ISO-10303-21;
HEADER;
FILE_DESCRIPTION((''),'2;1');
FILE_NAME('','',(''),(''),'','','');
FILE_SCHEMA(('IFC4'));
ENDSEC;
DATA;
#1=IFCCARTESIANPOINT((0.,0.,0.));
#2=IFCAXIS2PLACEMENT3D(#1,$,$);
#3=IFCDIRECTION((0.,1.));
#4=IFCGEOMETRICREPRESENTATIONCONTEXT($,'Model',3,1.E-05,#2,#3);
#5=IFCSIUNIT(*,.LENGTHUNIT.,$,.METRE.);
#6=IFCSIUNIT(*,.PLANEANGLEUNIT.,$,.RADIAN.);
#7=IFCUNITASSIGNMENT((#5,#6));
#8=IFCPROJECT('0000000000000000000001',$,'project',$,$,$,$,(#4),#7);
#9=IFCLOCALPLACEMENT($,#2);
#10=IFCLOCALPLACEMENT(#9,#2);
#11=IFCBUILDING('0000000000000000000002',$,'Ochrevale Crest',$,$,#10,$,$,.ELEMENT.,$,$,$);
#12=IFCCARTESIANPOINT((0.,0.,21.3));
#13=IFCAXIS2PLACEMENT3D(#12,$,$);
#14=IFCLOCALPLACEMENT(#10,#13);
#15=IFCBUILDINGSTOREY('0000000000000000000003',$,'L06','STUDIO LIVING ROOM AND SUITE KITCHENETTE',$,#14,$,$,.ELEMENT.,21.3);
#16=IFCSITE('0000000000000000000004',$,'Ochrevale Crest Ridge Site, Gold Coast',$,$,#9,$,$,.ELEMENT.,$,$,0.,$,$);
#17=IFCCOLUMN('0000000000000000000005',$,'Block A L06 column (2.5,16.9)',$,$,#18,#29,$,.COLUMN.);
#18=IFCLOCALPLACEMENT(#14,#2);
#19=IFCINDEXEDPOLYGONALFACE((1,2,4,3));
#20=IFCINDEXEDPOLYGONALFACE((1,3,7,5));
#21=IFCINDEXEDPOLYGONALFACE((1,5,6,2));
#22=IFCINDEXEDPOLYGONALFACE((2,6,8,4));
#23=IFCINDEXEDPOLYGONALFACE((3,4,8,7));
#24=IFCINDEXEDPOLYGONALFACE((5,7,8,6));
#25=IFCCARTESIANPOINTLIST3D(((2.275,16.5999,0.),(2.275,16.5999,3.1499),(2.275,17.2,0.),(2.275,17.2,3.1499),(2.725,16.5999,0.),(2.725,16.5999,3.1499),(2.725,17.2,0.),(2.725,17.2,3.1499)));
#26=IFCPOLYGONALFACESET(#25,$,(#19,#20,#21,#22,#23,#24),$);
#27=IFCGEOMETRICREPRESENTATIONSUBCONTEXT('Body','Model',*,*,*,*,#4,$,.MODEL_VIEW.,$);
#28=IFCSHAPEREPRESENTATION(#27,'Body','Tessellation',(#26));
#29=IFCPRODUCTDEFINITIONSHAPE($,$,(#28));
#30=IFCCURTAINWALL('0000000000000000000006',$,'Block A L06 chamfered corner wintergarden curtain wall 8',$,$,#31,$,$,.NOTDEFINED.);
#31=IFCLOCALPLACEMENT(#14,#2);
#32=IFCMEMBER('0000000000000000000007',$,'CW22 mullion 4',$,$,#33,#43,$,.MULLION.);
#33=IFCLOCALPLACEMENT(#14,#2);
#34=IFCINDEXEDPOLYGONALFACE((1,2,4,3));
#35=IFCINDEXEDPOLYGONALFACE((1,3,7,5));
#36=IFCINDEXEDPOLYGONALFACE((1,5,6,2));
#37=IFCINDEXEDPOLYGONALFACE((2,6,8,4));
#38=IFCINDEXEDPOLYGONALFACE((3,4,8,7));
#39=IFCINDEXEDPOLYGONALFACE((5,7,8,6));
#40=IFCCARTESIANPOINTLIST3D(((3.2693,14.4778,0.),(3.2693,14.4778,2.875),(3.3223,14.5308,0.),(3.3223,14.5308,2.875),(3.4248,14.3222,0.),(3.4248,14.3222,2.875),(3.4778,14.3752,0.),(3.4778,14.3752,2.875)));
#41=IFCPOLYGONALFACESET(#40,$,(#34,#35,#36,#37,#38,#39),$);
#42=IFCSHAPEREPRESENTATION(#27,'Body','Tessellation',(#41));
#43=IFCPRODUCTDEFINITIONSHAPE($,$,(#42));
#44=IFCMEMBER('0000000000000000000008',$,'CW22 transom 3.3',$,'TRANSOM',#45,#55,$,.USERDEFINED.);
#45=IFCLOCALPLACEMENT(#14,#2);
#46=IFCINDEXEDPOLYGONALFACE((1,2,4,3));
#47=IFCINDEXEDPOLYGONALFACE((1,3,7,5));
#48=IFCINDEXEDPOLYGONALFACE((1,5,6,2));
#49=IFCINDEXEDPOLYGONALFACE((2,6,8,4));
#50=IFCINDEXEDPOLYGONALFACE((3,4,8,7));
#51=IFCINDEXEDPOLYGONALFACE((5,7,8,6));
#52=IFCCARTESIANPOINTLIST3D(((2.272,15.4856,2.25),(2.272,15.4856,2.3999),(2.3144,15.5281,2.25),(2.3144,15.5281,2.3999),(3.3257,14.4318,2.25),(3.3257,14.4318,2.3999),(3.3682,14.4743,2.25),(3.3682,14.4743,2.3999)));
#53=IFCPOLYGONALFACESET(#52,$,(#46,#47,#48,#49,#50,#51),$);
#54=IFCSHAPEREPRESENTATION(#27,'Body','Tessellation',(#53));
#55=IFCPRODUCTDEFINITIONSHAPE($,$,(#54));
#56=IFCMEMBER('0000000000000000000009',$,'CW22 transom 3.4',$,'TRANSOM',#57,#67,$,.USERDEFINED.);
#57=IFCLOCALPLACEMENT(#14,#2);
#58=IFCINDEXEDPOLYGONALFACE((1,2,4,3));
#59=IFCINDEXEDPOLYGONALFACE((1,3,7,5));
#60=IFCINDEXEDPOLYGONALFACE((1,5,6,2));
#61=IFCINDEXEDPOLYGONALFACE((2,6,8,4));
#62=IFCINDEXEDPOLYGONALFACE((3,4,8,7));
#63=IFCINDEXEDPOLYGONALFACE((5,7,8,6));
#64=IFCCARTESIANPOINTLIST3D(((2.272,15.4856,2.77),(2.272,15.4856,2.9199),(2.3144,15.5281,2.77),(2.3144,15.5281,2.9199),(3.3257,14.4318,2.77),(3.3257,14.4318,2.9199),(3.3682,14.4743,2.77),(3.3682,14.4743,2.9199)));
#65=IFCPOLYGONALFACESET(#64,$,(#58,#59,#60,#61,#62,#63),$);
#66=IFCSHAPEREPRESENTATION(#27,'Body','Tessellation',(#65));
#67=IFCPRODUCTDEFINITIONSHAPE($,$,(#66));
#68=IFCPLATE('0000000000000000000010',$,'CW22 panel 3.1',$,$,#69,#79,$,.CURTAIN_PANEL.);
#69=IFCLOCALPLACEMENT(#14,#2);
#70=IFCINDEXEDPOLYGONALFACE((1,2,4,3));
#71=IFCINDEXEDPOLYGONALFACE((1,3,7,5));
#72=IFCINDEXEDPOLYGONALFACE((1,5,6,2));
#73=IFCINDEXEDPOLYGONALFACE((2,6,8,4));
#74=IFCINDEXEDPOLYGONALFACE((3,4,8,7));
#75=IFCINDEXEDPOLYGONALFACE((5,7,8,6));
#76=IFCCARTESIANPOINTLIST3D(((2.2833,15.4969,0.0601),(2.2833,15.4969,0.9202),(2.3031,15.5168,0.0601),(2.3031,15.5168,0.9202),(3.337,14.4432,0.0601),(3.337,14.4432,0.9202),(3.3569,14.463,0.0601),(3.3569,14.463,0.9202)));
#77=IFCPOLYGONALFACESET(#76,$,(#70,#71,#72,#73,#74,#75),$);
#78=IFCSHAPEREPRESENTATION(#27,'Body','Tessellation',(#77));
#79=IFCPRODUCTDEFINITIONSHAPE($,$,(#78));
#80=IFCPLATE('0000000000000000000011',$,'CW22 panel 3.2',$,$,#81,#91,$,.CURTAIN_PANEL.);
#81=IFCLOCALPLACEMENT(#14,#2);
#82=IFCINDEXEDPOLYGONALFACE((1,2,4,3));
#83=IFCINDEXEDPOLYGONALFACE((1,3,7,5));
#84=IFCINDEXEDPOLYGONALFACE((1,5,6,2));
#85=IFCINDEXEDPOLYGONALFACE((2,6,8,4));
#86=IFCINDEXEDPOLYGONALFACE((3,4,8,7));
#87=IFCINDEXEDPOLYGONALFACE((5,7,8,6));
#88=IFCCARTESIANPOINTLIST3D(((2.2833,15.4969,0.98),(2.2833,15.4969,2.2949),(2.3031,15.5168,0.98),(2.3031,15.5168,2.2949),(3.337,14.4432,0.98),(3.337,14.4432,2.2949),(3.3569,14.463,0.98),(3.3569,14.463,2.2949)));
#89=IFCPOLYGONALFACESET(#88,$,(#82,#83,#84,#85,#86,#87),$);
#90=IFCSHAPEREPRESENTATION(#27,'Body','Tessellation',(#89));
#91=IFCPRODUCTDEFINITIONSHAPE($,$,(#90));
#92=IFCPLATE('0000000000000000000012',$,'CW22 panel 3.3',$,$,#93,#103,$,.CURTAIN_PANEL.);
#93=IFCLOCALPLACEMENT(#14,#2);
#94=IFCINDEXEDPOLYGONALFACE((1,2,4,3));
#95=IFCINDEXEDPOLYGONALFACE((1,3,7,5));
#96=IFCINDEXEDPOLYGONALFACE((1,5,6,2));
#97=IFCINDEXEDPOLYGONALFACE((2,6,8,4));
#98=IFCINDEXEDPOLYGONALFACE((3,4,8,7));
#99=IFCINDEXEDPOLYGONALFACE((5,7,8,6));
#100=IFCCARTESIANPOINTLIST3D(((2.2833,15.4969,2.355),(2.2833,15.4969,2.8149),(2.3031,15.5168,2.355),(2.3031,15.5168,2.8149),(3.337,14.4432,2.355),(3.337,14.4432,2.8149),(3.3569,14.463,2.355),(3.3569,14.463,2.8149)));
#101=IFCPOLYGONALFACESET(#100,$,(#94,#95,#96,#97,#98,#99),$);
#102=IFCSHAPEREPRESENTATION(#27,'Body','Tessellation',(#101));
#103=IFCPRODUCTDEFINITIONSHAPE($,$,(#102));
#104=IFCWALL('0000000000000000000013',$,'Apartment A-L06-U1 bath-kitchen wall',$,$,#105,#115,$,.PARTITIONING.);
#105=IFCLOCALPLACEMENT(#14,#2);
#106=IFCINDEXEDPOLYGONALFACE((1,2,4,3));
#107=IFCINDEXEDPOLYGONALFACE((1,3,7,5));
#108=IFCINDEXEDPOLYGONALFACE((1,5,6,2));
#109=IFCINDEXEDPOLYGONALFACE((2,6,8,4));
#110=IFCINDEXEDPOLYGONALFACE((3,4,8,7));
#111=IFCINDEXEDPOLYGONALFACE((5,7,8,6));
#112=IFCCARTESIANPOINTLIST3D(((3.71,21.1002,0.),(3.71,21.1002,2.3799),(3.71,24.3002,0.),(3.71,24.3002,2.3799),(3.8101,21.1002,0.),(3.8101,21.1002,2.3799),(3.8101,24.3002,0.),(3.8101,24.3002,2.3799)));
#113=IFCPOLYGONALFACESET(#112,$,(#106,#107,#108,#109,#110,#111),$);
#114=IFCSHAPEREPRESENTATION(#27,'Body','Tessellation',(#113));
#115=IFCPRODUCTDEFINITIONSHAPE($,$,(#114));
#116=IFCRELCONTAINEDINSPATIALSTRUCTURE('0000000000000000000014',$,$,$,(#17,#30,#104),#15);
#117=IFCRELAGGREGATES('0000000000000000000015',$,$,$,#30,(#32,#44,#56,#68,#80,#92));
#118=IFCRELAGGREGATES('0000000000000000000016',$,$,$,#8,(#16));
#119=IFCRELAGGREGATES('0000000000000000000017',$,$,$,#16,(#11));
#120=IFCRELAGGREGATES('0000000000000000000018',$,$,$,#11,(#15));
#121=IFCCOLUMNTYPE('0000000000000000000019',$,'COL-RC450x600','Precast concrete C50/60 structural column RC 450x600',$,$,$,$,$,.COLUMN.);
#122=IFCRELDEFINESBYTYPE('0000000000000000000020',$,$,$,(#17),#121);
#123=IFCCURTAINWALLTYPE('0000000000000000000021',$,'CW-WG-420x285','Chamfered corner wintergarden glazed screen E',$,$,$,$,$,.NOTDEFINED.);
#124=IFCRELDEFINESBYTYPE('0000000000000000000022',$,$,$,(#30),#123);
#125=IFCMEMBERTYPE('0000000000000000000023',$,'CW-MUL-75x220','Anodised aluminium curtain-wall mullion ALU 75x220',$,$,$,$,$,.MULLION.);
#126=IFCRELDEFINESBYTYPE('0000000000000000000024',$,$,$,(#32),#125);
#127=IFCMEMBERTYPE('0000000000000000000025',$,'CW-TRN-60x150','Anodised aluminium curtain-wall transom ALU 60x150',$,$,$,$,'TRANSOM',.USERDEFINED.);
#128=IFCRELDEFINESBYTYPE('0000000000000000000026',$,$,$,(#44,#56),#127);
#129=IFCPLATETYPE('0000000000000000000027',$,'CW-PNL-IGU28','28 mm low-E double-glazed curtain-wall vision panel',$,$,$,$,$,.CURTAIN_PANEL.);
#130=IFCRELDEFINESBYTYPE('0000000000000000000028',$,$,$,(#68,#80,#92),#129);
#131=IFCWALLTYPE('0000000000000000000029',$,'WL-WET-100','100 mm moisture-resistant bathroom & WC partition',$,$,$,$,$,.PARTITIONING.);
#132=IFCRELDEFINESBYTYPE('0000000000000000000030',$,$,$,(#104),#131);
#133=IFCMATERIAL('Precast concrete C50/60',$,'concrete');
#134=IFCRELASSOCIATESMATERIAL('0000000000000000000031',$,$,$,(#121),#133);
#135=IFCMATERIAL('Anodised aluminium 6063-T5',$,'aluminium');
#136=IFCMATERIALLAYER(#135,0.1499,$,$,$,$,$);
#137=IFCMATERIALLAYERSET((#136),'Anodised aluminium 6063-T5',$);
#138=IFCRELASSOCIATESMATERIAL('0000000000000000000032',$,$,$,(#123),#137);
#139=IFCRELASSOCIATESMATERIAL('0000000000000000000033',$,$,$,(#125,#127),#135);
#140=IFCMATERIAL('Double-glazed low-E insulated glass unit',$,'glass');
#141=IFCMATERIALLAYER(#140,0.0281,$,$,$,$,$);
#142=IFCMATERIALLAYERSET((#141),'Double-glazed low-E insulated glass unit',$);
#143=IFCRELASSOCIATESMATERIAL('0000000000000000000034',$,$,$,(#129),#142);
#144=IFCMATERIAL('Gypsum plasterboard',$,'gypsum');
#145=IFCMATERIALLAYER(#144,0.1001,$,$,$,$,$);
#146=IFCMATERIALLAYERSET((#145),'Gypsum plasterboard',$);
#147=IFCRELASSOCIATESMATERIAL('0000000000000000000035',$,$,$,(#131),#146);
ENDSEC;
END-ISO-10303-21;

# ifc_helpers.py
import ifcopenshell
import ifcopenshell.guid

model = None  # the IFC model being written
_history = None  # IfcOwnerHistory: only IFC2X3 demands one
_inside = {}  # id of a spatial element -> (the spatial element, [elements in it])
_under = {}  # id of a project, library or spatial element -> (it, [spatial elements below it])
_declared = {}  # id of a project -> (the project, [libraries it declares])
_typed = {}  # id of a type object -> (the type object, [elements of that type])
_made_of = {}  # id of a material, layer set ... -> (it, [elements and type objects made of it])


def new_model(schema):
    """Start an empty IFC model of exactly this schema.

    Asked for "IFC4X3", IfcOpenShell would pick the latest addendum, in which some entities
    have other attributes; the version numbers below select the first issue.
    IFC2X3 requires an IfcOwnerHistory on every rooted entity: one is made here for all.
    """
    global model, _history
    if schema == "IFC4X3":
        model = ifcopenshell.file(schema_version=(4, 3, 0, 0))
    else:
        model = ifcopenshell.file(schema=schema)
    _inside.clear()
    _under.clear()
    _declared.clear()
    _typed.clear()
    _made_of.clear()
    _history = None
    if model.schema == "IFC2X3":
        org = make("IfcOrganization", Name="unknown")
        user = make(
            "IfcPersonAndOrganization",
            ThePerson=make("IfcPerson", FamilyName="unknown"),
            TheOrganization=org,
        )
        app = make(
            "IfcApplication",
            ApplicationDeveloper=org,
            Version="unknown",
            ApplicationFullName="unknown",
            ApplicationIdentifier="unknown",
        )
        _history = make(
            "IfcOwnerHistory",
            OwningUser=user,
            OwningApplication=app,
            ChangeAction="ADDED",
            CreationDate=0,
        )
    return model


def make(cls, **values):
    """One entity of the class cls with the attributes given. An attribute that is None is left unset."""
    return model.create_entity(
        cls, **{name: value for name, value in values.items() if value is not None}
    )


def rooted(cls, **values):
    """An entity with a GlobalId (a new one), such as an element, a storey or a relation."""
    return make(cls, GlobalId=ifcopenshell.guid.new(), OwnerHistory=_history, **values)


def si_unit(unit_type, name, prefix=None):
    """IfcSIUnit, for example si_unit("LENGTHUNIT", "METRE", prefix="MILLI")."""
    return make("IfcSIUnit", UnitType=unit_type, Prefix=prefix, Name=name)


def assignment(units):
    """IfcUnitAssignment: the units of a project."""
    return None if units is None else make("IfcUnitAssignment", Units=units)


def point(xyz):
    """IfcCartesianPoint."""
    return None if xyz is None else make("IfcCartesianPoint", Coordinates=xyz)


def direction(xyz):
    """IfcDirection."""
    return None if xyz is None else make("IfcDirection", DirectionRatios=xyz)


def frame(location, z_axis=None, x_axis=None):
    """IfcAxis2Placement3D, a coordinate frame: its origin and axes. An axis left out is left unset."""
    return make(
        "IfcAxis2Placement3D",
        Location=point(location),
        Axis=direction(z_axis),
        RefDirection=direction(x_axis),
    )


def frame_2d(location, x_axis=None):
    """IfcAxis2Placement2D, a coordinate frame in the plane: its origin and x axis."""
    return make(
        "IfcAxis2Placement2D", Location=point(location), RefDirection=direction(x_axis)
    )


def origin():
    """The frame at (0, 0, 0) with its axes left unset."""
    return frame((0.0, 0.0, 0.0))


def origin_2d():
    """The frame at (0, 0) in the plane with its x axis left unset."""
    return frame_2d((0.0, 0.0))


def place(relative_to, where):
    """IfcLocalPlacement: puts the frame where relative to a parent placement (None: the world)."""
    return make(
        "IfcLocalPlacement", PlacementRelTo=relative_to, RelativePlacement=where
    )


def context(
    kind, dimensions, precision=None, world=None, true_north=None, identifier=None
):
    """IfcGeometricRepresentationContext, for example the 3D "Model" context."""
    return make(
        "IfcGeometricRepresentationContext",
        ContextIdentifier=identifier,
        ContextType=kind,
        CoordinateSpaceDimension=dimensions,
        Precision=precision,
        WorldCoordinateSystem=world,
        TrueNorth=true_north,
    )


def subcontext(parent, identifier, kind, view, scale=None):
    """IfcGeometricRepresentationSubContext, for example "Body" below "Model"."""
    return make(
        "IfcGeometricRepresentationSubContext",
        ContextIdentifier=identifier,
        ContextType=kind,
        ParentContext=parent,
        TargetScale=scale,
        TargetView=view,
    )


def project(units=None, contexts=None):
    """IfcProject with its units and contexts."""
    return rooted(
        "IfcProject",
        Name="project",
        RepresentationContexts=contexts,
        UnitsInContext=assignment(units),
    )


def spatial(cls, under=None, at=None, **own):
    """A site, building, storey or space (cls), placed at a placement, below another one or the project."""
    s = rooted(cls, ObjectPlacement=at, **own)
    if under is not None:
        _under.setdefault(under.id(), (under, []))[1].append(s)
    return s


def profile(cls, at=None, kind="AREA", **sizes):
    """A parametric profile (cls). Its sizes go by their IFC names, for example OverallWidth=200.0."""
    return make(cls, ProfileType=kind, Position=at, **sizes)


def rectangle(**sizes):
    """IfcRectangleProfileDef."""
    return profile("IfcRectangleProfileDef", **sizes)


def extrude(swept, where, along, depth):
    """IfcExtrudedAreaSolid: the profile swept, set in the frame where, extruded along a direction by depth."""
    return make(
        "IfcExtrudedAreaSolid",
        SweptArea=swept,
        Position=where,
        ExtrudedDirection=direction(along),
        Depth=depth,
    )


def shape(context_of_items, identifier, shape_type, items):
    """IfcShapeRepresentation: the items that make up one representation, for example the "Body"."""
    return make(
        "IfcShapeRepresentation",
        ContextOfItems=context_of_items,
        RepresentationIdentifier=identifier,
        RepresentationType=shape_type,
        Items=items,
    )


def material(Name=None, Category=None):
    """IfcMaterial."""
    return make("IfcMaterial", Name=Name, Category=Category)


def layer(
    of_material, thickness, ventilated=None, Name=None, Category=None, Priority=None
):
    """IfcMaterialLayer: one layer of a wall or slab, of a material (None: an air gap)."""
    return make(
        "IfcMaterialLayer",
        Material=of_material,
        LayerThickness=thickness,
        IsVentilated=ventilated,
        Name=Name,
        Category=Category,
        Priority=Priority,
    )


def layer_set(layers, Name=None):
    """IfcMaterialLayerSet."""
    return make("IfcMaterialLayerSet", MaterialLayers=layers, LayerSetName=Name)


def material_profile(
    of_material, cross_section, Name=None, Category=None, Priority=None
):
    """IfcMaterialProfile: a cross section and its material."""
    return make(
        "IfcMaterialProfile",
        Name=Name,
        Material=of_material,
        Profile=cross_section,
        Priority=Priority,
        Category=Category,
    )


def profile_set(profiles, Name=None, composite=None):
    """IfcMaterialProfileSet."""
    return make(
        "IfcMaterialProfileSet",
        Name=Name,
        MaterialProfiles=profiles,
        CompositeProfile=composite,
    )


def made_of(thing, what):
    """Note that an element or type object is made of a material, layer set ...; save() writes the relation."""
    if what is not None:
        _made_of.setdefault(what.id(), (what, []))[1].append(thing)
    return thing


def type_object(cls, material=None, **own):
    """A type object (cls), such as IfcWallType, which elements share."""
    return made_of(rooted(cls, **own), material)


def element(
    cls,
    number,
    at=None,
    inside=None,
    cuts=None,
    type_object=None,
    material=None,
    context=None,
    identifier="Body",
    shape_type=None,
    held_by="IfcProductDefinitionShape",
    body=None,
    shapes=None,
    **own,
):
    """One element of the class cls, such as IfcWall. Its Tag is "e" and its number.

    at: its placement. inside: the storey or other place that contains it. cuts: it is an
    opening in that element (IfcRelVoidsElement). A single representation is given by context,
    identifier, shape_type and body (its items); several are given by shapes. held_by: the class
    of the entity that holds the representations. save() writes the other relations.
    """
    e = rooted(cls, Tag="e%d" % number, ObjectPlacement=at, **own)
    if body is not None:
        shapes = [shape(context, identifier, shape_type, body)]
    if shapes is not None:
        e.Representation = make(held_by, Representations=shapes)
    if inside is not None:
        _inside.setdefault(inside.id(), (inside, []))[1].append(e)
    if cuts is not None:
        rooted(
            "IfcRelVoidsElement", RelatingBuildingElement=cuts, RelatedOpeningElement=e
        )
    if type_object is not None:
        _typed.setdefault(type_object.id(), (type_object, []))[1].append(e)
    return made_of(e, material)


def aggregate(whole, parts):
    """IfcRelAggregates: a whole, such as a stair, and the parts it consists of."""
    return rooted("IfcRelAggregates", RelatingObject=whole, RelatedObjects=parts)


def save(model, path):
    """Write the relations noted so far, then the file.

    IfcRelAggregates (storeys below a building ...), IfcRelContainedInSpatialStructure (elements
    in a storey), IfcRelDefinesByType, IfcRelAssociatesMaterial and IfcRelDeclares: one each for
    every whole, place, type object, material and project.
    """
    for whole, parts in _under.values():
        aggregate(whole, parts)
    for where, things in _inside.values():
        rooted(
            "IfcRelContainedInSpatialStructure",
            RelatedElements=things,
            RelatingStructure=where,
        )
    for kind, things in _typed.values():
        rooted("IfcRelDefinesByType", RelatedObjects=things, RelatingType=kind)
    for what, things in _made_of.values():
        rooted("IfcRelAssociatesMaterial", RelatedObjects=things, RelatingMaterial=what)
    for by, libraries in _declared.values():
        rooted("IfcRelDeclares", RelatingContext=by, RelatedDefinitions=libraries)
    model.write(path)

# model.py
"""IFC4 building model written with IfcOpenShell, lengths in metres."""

from ifc_helpers import new_model, si_unit, direction, frame, frame_2d, origin, origin_2d, place, context, subcontext, project, spatial, rectangle, extrude, material, layer, layer_set, material_profile, profile_set, type_object, element, aggregate, save


model = new_model("IFC4")

# Units and contexts
model_context = context("Model", 3, precision=1e-05, world=origin(), true_north=direction((0.0, 1.0)))
body_context = subcontext(model_context, "Body", "Model", "MODEL_VIEW")
ifc_project = project(units=[si_unit("LENGTHUNIT", "METRE"), si_unit("PLANEANGLEUNIT", "RADIAN")], contexts=[model_context])

# Site, building, storey
site_placement = place(None, origin())
site = spatial("IfcSite", under=ifc_project, at=site_placement, Name="Ochrevale Crest Ridge Site, Gold Coast", CompositionType="ELEMENT", RefElevation=0.0)
building_placement = place(site_placement, origin())
building = spatial("IfcBuilding", under=site, at=building_placement, Name="Ochrevale Crest", CompositionType="ELEMENT")
storey_placement = place(building_placement, frame((0.0, 0.0, 21.3)))
storey = spatial("IfcBuildingStorey", under=building, at=storey_placement, Name="L06", Description="STUDIO LIVING ROOM AND SUITE KITCHENETTE", CompositionType="ELEMENT", Elevation=21.3)

# Column
ifc_material_1 = material(Name="Precast concrete C50/60", Category="concrete")
ifc_material_profile_1 = material_profile(ifc_material_1, rectangle(XDim=0.45, YDim=0.6001, at=origin_2d()), Name="RC 450x600")
ifc_profile_set_1 = profile_set([ifc_material_profile_1], Name="Precast concrete C50/60")
column_type = type_object("IfcColumnType", Name="COL-RC450x600", Description="Precast concrete C50/60 structural column RC 450x600", PredefinedType="COLUMN", material=ifc_profile_set_1)
column_placement = place(storey_placement, frame((2.5, 16.8999, 0.0), z_axis=(0.0, 0.0, 1.0), x_axis=(1.0, 0.0, 0.0)))
element("IfcColumn", 1, at=column_placement, inside=storey, type_object=column_type, Name="Block A L06 column (2.5,16.9)", PredefinedType="COLUMN", context=body_context, shape_type="SweptSolid", body=[
    extrude(rectangle(XDim=0.45, YDim=0.6001, at=origin_2d()), origin(), (0.0, 0.0, 1.0), 3.1499),
])

# Curtain wall, members, plates
ifc_material_2 = material(Name="Anodised aluminium 6063-T5", Category="aluminium")
ifc_layer_1 = layer(ifc_material_2, 0.1499)
ifc_layer_set_1 = layer_set([ifc_layer_1], Name="Anodised aluminium 6063-T5")
curtain_wall_type = type_object("IfcCurtainWallType", Name="CW-WG-420x285", Description="Chamfered corner wintergarden glazed screen E", PredefinedType="NOTDEFINED", material=ifc_layer_set_1)
curtain_wall_placement = place(storey_placement, origin())
curtain_wall = element("IfcCurtainWall", 2, at=curtain_wall_placement, inside=storey, type_object=curtain_wall_type, Name="Block A L06 chamfered corner wintergarden curtain wall 8", PredefinedType="NOTDEFINED")
ifc_material_profile_2 = material_profile(ifc_material_2, rectangle(XDim=0.075, YDim=0.22, at=origin_2d()), Name="ALU 75x220")
ifc_profile_set_2 = profile_set([ifc_material_profile_2], Name="Anodised aluminium 6063-T5")
member_type_1 = type_object("IfcMemberType", Name="CW-MUL-75x220", Description="Anodised aluminium curtain-wall mullion ALU 75x220", PredefinedType="MULLION", material=ifc_profile_set_2)
member_1_placement = place(storey_placement, frame((3.3735, 14.4265, 0.0), z_axis=(0.0, 0.0, 1.0), x_axis=(0.707107, 0.707107, 0.0)))
member_1 = element("IfcMember", 3, at=member_1_placement, type_object=member_type_1, Name="CW22 mullion 4", PredefinedType="MULLION", context=body_context, shape_type="SweptSolid", body=[
    extrude(rectangle(XDim=0.075, YDim=0.22, at=origin_2d()), origin(), (0.0, 0.0, 1.0), 2.875),
])
ifc_material_profile_3 = material_profile(ifc_material_2, rectangle(XDim=0.0601, YDim=0.1499, at=origin_2d()), Name="ALU 60x150")
ifc_profile_set_3 = profile_set([ifc_material_profile_3], Name="Anodised aluminium 6063-T5")
member_type_2 = type_object("IfcMemberType", Name="CW-TRN-60x150", Description="Anodised aluminium curtain-wall transom ALU 60x150", ElementType="TRANSOM", PredefinedType="USERDEFINED", material=ifc_profile_set_3)
member_2_placement = place(storey_placement, frame((2.2932, 15.5068, 2.325), z_axis=(0.707107, -0.707107, 0.0), x_axis=(0.707107, 0.707107, 0.0)))
member_2 = element("IfcMember", 4, at=member_2_placement, type_object=member_type_2, Name="CW22 transom 3.3", ObjectType="TRANSOM", PredefinedType="USERDEFINED", context=body_context, shape_type="SweptSolid", body=[
    extrude(rectangle(XDim=0.0601, YDim=0.1499, at=origin_2d()), origin(), (0.0, 0.0, 1.0), 1.4902),
])
member_3_placement = place(storey_placement, frame((2.2932, 15.5068, 2.845), z_axis=(0.707107, -0.707107, 0.0), x_axis=(0.707107, 0.707107, 0.0)))
member_3 = element("IfcMember", 5, at=member_3_placement, type_object=member_type_2, Name="CW22 transom 3.4", ObjectType="TRANSOM", PredefinedType="USERDEFINED", context=body_context, shape_type="SweptSolid", body=[
    extrude(rectangle(XDim=0.0601, YDim=0.1499, at=origin_2d()), origin(), (0.0, 0.0, 1.0), 1.4902),
])
ifc_material_3 = material(Name="Double-glazed low-E insulated glass unit", Category="glass")
ifc_layer_2 = layer(ifc_material_3, 0.0281)
ifc_layer_set_2 = layer_set([ifc_layer_2], Name="Double-glazed low-E insulated glass unit")
plate_type = type_object("IfcPlateType", Name="CW-PNL-IGU28", Description="28 mm low-E double-glazed curtain-wall vision panel", PredefinedType="CURTAIN_PANEL", material=ifc_layer_set_2)
plate_1_placement = place(storey_placement, frame((2.8201, 14.98, 0.0601), z_axis=(0.0, 0.0, 1.0), x_axis=(0.707107, -0.707107, 0.0)))
plate_1 = element("IfcPlate", 6, at=plate_1_placement, type_object=plate_type, Name="CW22 panel 3.1", PredefinedType="CURTAIN_PANEL", context=body_context, shape_type="SweptSolid", body=[
    extrude(rectangle(XDim=1.4902, YDim=0.0281, at=origin_2d()), origin(), (0.0, 0.0, 1.0), 0.8601),
])
plate_2_placement = place(storey_placement, frame((2.8201, 14.98, 0.98), z_axis=(0.0, 0.0, 1.0), x_axis=(0.707107, -0.707107, 0.0)))
plate_2 = element("IfcPlate", 7, at=plate_2_placement, type_object=plate_type, Name="CW22 panel 3.2", PredefinedType="CURTAIN_PANEL", context=body_context, shape_type="SweptSolid", body=[
    extrude(rectangle(XDim=1.4902, YDim=0.0281, at=origin_2d()), origin(), (0.0, 0.0, 1.0), 1.3149),
])
plate_3_placement = place(storey_placement, frame((2.8201, 14.98, 2.355), z_axis=(0.0, 0.0, 1.0), x_axis=(0.707107, -0.707107, 0.0)))
plate_3 = element("IfcPlate", 8, at=plate_3_placement, type_object=plate_type, Name="CW22 panel 3.3", PredefinedType="CURTAIN_PANEL", context=body_context, shape_type="SweptSolid", body=[
    extrude(rectangle(XDim=1.4902, YDim=0.0281, at=origin_2d()), origin(), (0.0, 0.0, 1.0), 0.46),
])
aggregate(curtain_wall, [member_1, member_2, member_3, plate_1, plate_2, plate_3])

# Wall
ifc_material_4 = material(Name="Gypsum plasterboard", Category="gypsum")
ifc_layer_3 = layer(ifc_material_4, 0.1001)
ifc_layer_set_3 = layer_set([ifc_layer_3], Name="Gypsum plasterboard")
wall_type_1 = type_object("IfcWallType", Name="WL-WET-100", Description="100 mm moisture-resistant bathroom & WC partition", PredefinedType="PARTITIONING", material=ifc_layer_set_3)
wall_1_placement = place(storey_placement, frame((3.76, 21.1001, 0.0), z_axis=(0.0, 0.0, 1.0), x_axis=(0.0, 1.0, 0.0)))
element("IfcWall", 9, at=wall_1_placement, inside=storey, type_object=wall_type_1, Name="Apartment A-L06-U1 bath-kitchen wall", PredefinedType="PARTITIONING", context=body_context, shape_type="SweptSolid", body=[
    extrude(rectangle(XDim=3.2, YDim=0.1001, at=frame_2d((1.6001, 0.0))), origin(), (0.0, 0.0, 1.0), 2.3799),
])

save(model, "model.ifc")
